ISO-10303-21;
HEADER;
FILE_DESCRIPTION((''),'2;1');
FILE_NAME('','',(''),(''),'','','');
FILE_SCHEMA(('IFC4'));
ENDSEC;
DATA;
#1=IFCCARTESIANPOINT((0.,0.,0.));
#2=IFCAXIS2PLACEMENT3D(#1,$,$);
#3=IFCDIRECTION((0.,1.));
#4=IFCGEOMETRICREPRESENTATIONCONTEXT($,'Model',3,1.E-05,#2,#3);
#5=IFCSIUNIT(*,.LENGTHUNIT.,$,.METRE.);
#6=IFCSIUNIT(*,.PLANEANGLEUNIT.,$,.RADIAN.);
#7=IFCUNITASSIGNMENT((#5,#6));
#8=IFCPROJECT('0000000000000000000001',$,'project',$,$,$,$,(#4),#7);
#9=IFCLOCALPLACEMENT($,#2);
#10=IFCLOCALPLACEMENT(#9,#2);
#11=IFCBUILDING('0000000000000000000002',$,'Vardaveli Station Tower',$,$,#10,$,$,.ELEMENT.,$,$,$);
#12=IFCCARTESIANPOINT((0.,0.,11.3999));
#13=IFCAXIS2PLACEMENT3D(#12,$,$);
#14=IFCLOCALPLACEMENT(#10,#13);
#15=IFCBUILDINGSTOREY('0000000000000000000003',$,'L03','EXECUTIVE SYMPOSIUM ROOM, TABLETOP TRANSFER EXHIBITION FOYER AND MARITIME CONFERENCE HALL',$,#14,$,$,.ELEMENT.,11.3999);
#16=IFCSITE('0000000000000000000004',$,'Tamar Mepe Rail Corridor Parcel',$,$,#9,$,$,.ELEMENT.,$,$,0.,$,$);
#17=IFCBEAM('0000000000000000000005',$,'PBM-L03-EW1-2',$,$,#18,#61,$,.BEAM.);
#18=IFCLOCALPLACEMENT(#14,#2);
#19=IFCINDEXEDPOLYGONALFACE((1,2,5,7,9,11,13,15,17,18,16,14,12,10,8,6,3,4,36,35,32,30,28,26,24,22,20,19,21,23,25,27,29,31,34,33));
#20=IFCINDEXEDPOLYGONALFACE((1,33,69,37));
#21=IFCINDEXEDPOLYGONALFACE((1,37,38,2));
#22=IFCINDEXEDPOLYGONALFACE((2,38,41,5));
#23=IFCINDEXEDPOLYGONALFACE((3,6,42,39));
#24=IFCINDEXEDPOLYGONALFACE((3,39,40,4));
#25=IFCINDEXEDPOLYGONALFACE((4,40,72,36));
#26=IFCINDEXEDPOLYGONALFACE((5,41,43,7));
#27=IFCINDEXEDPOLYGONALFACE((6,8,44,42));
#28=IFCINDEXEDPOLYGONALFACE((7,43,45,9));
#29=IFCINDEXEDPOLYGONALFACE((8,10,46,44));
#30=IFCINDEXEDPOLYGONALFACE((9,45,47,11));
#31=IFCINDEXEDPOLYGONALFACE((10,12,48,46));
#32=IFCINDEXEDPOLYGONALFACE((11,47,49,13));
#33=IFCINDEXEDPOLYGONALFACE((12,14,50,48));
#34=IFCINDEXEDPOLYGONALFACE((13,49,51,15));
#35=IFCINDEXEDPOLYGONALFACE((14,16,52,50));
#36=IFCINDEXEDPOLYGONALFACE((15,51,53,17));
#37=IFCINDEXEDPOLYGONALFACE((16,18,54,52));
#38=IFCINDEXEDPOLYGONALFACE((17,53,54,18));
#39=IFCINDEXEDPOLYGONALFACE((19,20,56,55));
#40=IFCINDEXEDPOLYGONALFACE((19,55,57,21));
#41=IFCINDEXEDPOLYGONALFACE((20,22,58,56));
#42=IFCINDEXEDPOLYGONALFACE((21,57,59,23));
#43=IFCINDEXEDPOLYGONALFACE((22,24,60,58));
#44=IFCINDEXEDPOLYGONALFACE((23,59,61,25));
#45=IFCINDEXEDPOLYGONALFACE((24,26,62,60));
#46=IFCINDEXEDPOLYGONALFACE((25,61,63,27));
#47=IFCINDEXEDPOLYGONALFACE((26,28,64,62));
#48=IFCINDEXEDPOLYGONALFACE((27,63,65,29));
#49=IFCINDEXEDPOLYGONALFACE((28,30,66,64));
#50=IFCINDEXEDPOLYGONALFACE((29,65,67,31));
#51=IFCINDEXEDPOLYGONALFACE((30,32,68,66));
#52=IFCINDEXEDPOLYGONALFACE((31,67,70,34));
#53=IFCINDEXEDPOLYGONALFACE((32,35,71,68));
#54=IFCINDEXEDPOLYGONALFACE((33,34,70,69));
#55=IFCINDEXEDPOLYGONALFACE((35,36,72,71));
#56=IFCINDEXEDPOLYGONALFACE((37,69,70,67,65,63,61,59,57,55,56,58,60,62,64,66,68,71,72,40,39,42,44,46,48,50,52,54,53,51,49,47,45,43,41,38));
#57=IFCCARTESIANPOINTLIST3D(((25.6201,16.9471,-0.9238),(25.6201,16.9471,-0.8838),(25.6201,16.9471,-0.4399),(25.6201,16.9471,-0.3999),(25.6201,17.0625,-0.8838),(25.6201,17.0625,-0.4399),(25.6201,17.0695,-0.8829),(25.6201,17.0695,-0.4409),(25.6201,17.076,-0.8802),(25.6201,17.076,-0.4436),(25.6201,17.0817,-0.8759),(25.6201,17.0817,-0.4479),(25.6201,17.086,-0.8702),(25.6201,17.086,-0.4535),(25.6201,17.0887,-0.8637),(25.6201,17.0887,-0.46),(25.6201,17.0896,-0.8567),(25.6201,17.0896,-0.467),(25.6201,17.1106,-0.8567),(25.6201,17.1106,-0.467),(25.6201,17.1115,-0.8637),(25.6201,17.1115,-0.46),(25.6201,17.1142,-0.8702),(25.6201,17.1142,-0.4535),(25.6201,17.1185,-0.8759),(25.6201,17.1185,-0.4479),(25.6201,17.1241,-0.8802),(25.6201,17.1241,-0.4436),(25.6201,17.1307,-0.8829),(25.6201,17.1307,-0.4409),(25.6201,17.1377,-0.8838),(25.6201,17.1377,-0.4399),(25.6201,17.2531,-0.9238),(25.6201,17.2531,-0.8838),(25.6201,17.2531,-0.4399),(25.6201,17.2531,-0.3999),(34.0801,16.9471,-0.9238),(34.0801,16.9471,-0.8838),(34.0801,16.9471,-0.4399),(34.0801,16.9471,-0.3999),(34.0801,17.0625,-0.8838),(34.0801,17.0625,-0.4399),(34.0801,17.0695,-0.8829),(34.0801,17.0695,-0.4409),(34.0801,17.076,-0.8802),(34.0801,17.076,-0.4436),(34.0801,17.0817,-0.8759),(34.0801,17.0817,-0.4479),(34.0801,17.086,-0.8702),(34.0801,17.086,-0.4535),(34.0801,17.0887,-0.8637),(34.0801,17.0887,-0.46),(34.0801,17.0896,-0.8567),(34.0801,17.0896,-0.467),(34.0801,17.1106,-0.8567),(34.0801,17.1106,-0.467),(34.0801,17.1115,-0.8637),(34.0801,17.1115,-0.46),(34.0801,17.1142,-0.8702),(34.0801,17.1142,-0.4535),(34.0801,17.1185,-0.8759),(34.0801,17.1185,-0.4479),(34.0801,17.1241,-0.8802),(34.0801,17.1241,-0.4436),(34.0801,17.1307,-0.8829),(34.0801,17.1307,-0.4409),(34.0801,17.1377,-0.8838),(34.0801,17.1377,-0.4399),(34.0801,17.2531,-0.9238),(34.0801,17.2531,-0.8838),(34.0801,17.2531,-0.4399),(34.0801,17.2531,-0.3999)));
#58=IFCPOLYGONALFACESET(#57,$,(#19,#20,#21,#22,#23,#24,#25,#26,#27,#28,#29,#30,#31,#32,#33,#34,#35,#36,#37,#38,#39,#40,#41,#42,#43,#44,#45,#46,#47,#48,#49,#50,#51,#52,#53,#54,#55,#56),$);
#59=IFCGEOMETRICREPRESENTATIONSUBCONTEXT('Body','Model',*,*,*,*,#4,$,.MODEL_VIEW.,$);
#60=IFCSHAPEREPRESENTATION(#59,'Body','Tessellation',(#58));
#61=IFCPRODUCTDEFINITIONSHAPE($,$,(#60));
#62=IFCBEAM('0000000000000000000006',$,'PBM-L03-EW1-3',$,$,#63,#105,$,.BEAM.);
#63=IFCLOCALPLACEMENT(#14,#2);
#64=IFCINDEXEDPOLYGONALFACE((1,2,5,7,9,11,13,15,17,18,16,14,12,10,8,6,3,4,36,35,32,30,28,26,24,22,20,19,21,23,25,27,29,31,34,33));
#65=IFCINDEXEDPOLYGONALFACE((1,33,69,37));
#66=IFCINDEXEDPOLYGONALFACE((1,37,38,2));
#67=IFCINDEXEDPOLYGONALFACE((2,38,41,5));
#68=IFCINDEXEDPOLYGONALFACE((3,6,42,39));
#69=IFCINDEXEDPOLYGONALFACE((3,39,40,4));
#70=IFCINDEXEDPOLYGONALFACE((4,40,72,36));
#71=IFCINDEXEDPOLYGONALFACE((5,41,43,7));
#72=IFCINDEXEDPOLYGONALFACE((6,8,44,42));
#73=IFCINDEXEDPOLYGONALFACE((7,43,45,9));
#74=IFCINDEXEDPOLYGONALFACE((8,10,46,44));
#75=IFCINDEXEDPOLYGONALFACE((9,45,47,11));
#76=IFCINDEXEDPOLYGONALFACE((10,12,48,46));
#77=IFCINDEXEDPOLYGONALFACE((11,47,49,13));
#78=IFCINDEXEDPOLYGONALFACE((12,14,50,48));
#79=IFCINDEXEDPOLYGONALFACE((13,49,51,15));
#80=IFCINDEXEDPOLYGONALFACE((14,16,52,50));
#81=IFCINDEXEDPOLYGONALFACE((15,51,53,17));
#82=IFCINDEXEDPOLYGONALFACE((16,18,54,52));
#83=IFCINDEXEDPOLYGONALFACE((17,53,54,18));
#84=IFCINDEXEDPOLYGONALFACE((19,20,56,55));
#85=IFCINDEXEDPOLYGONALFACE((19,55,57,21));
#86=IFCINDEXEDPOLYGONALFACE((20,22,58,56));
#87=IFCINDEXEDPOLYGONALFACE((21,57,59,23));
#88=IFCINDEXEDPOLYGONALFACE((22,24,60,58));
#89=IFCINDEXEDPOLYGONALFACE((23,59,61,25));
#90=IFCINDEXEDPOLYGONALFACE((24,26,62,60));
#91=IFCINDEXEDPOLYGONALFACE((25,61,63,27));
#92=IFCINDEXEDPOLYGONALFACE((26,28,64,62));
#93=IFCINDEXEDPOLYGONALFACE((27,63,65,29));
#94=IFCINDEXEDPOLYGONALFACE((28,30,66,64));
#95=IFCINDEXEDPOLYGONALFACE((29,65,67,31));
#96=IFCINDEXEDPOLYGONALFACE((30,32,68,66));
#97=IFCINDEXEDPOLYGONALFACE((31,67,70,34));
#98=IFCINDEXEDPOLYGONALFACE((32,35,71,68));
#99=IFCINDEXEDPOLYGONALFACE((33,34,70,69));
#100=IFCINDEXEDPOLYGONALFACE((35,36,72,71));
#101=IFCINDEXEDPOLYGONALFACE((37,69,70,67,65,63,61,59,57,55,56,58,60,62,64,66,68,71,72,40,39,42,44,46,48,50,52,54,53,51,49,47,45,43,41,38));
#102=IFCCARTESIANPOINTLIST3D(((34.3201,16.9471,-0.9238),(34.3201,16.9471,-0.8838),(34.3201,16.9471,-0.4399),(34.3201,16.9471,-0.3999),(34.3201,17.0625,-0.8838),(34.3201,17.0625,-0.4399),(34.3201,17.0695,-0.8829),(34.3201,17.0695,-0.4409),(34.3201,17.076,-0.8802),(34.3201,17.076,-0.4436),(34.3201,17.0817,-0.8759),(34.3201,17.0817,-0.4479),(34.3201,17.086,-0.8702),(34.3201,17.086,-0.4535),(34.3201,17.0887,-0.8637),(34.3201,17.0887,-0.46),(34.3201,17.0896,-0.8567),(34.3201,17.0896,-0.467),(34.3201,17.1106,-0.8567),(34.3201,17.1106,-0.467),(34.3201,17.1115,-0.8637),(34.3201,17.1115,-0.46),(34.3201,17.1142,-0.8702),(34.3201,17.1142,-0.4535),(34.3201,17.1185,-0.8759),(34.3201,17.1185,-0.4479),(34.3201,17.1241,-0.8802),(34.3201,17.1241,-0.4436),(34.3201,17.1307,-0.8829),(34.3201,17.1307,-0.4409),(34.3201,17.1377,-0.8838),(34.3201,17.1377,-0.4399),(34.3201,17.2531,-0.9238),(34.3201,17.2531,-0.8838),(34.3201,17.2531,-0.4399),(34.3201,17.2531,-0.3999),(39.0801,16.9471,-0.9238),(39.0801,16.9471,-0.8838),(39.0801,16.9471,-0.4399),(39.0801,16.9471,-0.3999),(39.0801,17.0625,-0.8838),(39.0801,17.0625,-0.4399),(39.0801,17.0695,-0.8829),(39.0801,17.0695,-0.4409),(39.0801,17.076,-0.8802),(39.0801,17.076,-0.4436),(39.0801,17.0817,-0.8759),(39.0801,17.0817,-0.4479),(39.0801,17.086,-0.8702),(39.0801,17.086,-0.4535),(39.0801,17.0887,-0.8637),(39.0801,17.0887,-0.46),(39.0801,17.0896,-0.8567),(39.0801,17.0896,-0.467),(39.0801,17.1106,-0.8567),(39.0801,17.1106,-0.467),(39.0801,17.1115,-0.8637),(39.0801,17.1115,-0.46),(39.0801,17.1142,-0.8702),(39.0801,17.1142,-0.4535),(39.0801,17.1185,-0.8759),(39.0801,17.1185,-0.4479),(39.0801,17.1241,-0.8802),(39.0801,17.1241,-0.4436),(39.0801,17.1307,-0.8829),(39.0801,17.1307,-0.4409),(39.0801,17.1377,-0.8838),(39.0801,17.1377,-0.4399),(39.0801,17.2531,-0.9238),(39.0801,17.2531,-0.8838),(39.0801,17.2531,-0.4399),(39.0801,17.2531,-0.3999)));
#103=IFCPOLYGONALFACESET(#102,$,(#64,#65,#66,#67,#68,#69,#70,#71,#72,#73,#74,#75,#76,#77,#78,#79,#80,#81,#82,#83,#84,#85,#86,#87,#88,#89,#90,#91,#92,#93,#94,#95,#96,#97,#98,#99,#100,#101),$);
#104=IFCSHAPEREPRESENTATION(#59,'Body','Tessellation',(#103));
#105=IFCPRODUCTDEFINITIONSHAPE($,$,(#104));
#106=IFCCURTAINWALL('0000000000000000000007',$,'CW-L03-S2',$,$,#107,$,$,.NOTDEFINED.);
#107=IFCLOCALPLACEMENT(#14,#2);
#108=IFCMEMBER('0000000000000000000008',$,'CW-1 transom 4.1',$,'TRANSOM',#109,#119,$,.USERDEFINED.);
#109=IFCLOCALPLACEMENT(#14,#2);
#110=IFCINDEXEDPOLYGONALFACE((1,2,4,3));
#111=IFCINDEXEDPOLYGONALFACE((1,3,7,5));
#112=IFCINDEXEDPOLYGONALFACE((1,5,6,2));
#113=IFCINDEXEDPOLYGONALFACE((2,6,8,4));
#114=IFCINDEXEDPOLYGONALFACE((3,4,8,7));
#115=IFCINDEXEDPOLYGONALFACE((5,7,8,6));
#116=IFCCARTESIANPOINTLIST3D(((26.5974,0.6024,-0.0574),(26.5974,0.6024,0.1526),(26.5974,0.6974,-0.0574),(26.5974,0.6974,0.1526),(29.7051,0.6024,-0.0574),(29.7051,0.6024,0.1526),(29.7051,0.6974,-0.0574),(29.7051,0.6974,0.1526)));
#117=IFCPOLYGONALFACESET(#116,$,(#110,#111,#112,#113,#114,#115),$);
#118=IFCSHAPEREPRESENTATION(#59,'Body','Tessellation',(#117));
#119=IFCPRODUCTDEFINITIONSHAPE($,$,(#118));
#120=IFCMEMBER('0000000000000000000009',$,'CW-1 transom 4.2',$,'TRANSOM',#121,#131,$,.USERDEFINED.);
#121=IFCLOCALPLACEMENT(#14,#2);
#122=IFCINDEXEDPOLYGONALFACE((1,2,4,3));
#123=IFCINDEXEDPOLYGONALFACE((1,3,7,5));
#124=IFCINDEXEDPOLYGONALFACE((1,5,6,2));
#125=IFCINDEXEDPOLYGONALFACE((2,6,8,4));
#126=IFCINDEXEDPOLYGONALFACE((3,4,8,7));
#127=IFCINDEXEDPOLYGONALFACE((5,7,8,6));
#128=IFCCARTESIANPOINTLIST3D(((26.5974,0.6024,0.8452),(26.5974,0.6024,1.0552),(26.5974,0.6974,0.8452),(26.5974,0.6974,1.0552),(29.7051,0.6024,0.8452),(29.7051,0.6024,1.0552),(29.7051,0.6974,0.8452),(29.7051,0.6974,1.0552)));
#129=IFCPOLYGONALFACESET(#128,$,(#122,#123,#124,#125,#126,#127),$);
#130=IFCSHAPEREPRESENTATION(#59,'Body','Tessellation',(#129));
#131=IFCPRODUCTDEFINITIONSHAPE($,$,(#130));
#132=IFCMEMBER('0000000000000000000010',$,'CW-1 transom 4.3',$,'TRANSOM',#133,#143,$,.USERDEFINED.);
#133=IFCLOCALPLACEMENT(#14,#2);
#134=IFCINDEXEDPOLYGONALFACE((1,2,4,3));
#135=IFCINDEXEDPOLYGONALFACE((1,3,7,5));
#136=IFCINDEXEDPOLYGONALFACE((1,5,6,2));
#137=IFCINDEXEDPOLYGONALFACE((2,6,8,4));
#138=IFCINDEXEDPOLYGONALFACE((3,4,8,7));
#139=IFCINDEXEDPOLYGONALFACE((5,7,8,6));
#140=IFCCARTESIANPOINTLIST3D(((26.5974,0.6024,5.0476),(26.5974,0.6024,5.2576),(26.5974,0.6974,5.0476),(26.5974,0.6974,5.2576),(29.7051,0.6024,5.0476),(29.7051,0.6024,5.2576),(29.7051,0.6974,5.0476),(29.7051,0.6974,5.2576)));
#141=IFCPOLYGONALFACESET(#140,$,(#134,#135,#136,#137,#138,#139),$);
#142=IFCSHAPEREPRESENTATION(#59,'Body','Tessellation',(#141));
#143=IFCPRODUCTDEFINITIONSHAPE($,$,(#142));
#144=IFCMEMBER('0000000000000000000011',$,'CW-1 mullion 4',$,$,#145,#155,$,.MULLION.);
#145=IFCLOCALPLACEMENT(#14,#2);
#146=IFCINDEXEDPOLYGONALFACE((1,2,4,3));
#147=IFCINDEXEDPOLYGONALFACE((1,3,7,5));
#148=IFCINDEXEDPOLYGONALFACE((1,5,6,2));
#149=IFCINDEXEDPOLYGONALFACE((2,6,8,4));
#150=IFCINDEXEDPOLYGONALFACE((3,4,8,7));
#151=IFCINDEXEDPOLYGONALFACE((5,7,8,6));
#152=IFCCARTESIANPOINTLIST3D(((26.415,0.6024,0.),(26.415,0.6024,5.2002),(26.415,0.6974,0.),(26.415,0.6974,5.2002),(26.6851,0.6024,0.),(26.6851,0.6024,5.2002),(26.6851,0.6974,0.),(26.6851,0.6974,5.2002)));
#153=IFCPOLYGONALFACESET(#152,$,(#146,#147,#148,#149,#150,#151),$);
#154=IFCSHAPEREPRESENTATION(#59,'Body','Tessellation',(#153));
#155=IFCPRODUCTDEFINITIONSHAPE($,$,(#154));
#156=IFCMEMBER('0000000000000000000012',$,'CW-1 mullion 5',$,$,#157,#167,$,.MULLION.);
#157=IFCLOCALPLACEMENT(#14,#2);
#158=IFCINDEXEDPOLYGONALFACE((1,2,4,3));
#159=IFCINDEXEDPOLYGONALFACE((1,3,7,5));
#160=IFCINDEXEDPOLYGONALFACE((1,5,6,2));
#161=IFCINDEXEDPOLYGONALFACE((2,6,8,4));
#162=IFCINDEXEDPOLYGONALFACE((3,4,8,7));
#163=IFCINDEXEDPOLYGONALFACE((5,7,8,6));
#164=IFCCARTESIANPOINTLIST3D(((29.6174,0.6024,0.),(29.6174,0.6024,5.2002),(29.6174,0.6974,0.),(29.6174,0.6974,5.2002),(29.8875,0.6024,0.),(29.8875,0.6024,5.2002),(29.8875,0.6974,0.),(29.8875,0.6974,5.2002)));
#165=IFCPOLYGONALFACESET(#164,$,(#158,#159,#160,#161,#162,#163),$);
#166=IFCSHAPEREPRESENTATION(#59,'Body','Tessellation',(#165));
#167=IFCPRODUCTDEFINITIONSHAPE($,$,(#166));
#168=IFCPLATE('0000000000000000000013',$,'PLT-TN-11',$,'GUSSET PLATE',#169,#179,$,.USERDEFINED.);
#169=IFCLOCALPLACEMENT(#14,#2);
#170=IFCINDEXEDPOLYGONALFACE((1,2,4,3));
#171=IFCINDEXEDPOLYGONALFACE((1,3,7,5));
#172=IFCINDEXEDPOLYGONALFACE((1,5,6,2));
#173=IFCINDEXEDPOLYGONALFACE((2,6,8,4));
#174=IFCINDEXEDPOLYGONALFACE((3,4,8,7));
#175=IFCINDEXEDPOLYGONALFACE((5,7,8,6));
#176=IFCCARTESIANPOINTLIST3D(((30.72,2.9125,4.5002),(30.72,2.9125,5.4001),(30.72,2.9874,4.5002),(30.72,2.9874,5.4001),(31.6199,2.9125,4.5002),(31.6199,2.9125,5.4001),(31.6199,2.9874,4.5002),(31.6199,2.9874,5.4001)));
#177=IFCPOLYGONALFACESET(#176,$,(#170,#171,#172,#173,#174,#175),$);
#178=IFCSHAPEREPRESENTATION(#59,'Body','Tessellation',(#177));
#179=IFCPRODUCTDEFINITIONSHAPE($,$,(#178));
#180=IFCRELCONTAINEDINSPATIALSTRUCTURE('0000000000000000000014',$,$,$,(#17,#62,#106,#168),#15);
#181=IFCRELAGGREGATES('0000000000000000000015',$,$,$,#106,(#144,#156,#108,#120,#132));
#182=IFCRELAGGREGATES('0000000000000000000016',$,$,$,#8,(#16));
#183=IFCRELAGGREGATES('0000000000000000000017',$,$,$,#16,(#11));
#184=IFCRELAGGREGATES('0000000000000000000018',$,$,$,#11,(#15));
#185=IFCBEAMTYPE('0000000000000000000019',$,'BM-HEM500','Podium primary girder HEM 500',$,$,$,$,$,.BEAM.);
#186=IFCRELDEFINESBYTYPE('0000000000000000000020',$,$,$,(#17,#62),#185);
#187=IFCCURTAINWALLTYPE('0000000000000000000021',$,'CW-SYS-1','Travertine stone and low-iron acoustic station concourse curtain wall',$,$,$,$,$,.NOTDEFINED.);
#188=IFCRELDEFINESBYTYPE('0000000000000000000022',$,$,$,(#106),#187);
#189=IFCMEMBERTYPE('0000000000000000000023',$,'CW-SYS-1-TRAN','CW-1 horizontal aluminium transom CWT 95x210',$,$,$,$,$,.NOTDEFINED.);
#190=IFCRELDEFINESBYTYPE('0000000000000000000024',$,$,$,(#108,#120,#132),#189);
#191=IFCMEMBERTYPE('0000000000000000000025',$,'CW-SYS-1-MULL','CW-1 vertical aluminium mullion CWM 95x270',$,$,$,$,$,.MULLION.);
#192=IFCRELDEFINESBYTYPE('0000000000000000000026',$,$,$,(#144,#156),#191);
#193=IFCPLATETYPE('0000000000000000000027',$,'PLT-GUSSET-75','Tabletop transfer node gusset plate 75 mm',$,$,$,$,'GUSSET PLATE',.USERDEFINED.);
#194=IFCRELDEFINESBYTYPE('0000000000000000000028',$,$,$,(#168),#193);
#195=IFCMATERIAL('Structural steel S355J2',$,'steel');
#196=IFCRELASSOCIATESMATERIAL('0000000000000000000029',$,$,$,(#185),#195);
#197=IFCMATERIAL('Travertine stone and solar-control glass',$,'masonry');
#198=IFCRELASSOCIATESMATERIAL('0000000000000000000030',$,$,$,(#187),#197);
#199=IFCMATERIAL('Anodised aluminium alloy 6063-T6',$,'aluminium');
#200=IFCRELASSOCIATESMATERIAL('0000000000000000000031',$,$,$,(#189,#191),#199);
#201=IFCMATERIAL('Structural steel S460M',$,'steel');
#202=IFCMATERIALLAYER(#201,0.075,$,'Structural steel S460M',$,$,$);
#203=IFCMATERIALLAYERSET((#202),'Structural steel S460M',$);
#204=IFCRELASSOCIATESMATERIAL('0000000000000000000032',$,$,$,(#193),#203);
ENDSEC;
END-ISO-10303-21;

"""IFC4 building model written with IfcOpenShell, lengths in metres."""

from ifc_helpers import new_model, si_unit, direction, frame, origin, origin_2d, place, context, subcontext, project, spatial, rectangle, i_section, extrude, source, transform, mapped, material, layer, layer_set, material_profile, profile_set, type_object, element, aggregate, save


model = new_model("IFC4")

# Units and contexts
model_context = context("Model", 3, precision=1e-05, world=origin(), true_north=direction((0.0, 1.0)))
body_context = subcontext(model_context, "Body", "Model", "MODEL_VIEW")
ifc_project = project(units=[si_unit("LENGTHUNIT", "METRE"), si_unit("PLANEANGLEUNIT", "RADIAN")], contexts=[model_context])

# Site, building, storey
site_placement = place(None, origin())
site = spatial("IfcSite", under=ifc_project, at=site_placement, Name="Tamar Mepe Rail Corridor Parcel", CompositionType="ELEMENT", RefElevation=0.0)
building_placement = place(site_placement, origin())
building = spatial("IfcBuilding", under=site, at=building_placement, Name="Vardaveli Station Tower", CompositionType="ELEMENT")
storey_placement = place(building_placement, frame((0.0, 0.0, 11.3999)))
storey = spatial("IfcBuildingStorey", under=building, at=storey_placement, Name="L03", Description="EXECUTIVE SYMPOSIUM ROOM, TABLETOP TRANSFER EXHIBITION FOYER AND MARITIME CONFERENCE HALL", CompositionType="ELEMENT", Elevation=11.3999)

# Shared definitions
ifc_material_1 = material(Name="Structural steel S460M", Category="steel")

# Beams
ifc_material_2 = material(Name="Structural steel S355J2", Category="steel")
ifc_material_profile_1 = material_profile(ifc_material_2, i_section(OverallWidth=0.3059, OverallDepth=0.5239, WebThickness=0.021, FlangeThickness=0.04, FilletRadius=0.0271, at=origin_2d()), Name="HEM 500")
ifc_profile_set_1 = profile_set([ifc_material_profile_1], Name="Structural steel S355J2")
beam_type_1 = type_object("IfcBeamType", Name="BM-HEM500", Description="Podium primary girder HEM 500", PredefinedType="BEAM", material=ifc_profile_set_1)
shared_shape_1 = source(origin(), body_context, "Body", "SweptSolid", [
    extrude(i_section(OverallWidth=0.3059, OverallDepth=0.5239, WebThickness=0.021, FlangeThickness=0.04, FilletRadius=0.0271, at=origin_2d()), origin(), (0.0, 0.0, 1.0), 8.46),
])
beam_1_placement = place(storey_placement, frame((25.6201, 17.1001, -0.6619), z_axis=(1.0, 0.0, 0.0), x_axis=(0.0, 1.0, 0.0)))
element("IfcBeam", 1, at=beam_1_placement, inside=storey, type_object=beam_type_1, Name="PBM-L03-EW1-2", PredefinedType="BEAM", context=body_context, shape_type="MappedRepresentation", body=[
    mapped(shared_shape_1, transform((0.0, 0.0, 0.0), scale=1.0)),
])
shared_shape_2 = source(origin(), body_context, "Body", "SweptSolid", [
    extrude(i_section(OverallWidth=0.3059, OverallDepth=0.5239, WebThickness=0.021, FlangeThickness=0.04, FilletRadius=0.0271, at=origin_2d()), origin(), (0.0, 0.0, 1.0), 4.76),
])
beam_2_placement = place(storey_placement, frame((34.3201, 17.1001, -0.6619), z_axis=(1.0, 0.0, 0.0), x_axis=(0.0, 1.0, 0.0)))
element("IfcBeam", 2, at=beam_2_placement, inside=storey, type_object=beam_type_1, Name="PBM-L03-EW1-3", PredefinedType="BEAM", context=body_context, shape_type="MappedRepresentation", body=[
    mapped(shared_shape_2, transform((0.0, 0.0, 0.0), scale=1.0)),
])

# Curtain wall, members
ifc_material_3 = material(Name="Travertine stone and solar-control glass", Category="masonry")
curtain_wall_type = type_object("IfcCurtainWallType", Name="CW-SYS-1", Description="Travertine stone and low-iron acoustic station concourse curtain wall", PredefinedType="NOTDEFINED", material=ifc_material_3)
curtain_wall_placement = place(storey_placement, origin())
curtain_wall = element("IfcCurtainWall", 3, at=curtain_wall_placement, inside=storey, type_object=curtain_wall_type, Name="CW-L03-S2", PredefinedType="NOTDEFINED")
ifc_material_4 = material(Name="Anodised aluminium alloy 6063-T6", Category="aluminium")
ifc_material_profile_2 = material_profile(ifc_material_4, rectangle(XDim=0.095, YDim=0.21, at=origin_2d()), Name="CWT 95x210")
ifc_profile_set_2 = profile_set([ifc_material_profile_2], Name="Anodised aluminium alloy 6063-T6")
member_type_1 = type_object("IfcMemberType", Name="CW-SYS-1-TRAN", Description="CW-1 horizontal aluminium transom CWT 95x210", PredefinedType="NOTDEFINED", material=ifc_profile_set_2)
shared_shape_3 = source(origin(), body_context, "Body", "SweptSolid", [
    extrude(rectangle(XDim=0.095, YDim=0.21, at=origin_2d()), origin(), (0.0, 0.0, 1.0), 3.1077),
])
member_1_placement = place(storey_placement, frame((26.5974, 0.6499, 0.0476), z_axis=(1.0, 0.0, 0.0), x_axis=(0.0, 1.0, 0.0)))
member_1 = element("IfcMember", 4, at=member_1_placement, type_object=member_type_1, Name="CW-1 transom 4.1", ObjectType="TRANSOM", PredefinedType="USERDEFINED", context=body_context, shape_type="MappedRepresentation", body=[
    mapped(shared_shape_3, transform((0.0, 0.0, 0.0), scale=1.0)),
])
member_2_placement = place(storey_placement, frame((26.5974, 0.6499, 0.9502), z_axis=(1.0, 0.0, 0.0), x_axis=(0.0, 1.0, 0.0)))
member_2 = element("IfcMember", 5, at=member_2_placement, type_object=member_type_1, Name="CW-1 transom 4.2", ObjectType="TRANSOM", PredefinedType="USERDEFINED", context=body_context, shape_type="MappedRepresentation", body=[
    mapped(shared_shape_3, transform((0.0, 0.0, 0.0), scale=1.0)),
])
member_3_placement = place(storey_placement, frame((26.5974, 0.6499, 5.1526), z_axis=(1.0, 0.0, 0.0), x_axis=(0.0, 1.0, 0.0)))
member_3 = element("IfcMember", 6, at=member_3_placement, type_object=member_type_1, Name="CW-1 transom 4.3", ObjectType="TRANSOM", PredefinedType="USERDEFINED", context=body_context, shape_type="MappedRepresentation", body=[
    mapped(shared_shape_3, transform((0.0, 0.0, 0.0), scale=1.0)),
])
ifc_material_profile_3 = material_profile(ifc_material_4, rectangle(XDim=0.095, YDim=0.27, at=origin_2d()), Name="CWM 95x270")
ifc_profile_set_3 = profile_set([ifc_material_profile_3], Name="Anodised aluminium alloy 6063-T6")
member_type_2 = type_object("IfcMemberType", Name="CW-SYS-1-MULL", Description="CW-1 vertical aluminium mullion CWM 95x270", PredefinedType="MULLION", material=ifc_profile_set_3)
shared_shape_4 = source(origin(), body_context, "Body", "SweptSolid", [
    extrude(rectangle(XDim=0.095, YDim=0.27, at=origin_2d()), origin(), (0.0, 0.0, 1.0), 5.2002),
])
member_4_placement = place(storey_placement, frame((26.55, 0.6499, 0.0), z_axis=(0.0, 0.0, 1.0), x_axis=(0.0, 1.0, 0.0)))
member_4 = element("IfcMember", 7, at=member_4_placement, type_object=member_type_2, Name="CW-1 mullion 4", PredefinedType="MULLION", context=body_context, shape_type="MappedRepresentation", body=[
    mapped(shared_shape_4, transform((0.0, 0.0, 0.0), scale=1.0)),
])
member_5_placement = place(storey_placement, frame((29.7524, 0.6499, 0.0), z_axis=(0.0, 0.0, 1.0), x_axis=(0.0, 1.0, 0.0)))
member_5 = element("IfcMember", 8, at=member_5_placement, type_object=member_type_2, Name="CW-1 mullion 5", PredefinedType="MULLION", context=body_context, shape_type="MappedRepresentation", body=[
    mapped(shared_shape_4, transform((0.0, 0.0, 0.0), scale=1.0)),
])

# Plate
ifc_layer_1 = layer(ifc_material_1, 0.075, Name="Structural steel S460M")
ifc_layer_set_1 = layer_set([ifc_layer_1], Name="Structural steel S460M")
plate_type_1 = type_object("IfcPlateType", Name="PLT-GUSSET-75", Description="Tabletop transfer node gusset plate 75 mm", ElementType="GUSSET PLATE", PredefinedType="USERDEFINED", material=ifc_layer_set_1)
shared_shape_5 = source(origin(), body_context, "Body", "SweptSolid", [
    extrude(rectangle(XDim=0.8999, YDim=0.075, at=origin_2d()), origin(), (0.0, 0.0, 1.0), 0.8999),
])
plate_1_placement = place(storey_placement, frame((31.1699, 2.95, 4.5002), z_axis=(0.0, 0.0, 1.0), x_axis=(1.0, 0.0, 0.0)))
element("IfcPlate", 9, at=plate_1_placement, inside=storey, type_object=plate_type_1, Name="PLT-TN-11", ObjectType="GUSSET PLATE", PredefinedType="USERDEFINED", context=body_context, shape_type="MappedRepresentation", body=[
    mapped(shared_shape_5, transform((0.0, 0.0, 0.0), scale=1.0)),
])

aggregate(curtain_wall, [member_4, member_5, member_1, member_2, member_3])

save(model, "model.ifc")
